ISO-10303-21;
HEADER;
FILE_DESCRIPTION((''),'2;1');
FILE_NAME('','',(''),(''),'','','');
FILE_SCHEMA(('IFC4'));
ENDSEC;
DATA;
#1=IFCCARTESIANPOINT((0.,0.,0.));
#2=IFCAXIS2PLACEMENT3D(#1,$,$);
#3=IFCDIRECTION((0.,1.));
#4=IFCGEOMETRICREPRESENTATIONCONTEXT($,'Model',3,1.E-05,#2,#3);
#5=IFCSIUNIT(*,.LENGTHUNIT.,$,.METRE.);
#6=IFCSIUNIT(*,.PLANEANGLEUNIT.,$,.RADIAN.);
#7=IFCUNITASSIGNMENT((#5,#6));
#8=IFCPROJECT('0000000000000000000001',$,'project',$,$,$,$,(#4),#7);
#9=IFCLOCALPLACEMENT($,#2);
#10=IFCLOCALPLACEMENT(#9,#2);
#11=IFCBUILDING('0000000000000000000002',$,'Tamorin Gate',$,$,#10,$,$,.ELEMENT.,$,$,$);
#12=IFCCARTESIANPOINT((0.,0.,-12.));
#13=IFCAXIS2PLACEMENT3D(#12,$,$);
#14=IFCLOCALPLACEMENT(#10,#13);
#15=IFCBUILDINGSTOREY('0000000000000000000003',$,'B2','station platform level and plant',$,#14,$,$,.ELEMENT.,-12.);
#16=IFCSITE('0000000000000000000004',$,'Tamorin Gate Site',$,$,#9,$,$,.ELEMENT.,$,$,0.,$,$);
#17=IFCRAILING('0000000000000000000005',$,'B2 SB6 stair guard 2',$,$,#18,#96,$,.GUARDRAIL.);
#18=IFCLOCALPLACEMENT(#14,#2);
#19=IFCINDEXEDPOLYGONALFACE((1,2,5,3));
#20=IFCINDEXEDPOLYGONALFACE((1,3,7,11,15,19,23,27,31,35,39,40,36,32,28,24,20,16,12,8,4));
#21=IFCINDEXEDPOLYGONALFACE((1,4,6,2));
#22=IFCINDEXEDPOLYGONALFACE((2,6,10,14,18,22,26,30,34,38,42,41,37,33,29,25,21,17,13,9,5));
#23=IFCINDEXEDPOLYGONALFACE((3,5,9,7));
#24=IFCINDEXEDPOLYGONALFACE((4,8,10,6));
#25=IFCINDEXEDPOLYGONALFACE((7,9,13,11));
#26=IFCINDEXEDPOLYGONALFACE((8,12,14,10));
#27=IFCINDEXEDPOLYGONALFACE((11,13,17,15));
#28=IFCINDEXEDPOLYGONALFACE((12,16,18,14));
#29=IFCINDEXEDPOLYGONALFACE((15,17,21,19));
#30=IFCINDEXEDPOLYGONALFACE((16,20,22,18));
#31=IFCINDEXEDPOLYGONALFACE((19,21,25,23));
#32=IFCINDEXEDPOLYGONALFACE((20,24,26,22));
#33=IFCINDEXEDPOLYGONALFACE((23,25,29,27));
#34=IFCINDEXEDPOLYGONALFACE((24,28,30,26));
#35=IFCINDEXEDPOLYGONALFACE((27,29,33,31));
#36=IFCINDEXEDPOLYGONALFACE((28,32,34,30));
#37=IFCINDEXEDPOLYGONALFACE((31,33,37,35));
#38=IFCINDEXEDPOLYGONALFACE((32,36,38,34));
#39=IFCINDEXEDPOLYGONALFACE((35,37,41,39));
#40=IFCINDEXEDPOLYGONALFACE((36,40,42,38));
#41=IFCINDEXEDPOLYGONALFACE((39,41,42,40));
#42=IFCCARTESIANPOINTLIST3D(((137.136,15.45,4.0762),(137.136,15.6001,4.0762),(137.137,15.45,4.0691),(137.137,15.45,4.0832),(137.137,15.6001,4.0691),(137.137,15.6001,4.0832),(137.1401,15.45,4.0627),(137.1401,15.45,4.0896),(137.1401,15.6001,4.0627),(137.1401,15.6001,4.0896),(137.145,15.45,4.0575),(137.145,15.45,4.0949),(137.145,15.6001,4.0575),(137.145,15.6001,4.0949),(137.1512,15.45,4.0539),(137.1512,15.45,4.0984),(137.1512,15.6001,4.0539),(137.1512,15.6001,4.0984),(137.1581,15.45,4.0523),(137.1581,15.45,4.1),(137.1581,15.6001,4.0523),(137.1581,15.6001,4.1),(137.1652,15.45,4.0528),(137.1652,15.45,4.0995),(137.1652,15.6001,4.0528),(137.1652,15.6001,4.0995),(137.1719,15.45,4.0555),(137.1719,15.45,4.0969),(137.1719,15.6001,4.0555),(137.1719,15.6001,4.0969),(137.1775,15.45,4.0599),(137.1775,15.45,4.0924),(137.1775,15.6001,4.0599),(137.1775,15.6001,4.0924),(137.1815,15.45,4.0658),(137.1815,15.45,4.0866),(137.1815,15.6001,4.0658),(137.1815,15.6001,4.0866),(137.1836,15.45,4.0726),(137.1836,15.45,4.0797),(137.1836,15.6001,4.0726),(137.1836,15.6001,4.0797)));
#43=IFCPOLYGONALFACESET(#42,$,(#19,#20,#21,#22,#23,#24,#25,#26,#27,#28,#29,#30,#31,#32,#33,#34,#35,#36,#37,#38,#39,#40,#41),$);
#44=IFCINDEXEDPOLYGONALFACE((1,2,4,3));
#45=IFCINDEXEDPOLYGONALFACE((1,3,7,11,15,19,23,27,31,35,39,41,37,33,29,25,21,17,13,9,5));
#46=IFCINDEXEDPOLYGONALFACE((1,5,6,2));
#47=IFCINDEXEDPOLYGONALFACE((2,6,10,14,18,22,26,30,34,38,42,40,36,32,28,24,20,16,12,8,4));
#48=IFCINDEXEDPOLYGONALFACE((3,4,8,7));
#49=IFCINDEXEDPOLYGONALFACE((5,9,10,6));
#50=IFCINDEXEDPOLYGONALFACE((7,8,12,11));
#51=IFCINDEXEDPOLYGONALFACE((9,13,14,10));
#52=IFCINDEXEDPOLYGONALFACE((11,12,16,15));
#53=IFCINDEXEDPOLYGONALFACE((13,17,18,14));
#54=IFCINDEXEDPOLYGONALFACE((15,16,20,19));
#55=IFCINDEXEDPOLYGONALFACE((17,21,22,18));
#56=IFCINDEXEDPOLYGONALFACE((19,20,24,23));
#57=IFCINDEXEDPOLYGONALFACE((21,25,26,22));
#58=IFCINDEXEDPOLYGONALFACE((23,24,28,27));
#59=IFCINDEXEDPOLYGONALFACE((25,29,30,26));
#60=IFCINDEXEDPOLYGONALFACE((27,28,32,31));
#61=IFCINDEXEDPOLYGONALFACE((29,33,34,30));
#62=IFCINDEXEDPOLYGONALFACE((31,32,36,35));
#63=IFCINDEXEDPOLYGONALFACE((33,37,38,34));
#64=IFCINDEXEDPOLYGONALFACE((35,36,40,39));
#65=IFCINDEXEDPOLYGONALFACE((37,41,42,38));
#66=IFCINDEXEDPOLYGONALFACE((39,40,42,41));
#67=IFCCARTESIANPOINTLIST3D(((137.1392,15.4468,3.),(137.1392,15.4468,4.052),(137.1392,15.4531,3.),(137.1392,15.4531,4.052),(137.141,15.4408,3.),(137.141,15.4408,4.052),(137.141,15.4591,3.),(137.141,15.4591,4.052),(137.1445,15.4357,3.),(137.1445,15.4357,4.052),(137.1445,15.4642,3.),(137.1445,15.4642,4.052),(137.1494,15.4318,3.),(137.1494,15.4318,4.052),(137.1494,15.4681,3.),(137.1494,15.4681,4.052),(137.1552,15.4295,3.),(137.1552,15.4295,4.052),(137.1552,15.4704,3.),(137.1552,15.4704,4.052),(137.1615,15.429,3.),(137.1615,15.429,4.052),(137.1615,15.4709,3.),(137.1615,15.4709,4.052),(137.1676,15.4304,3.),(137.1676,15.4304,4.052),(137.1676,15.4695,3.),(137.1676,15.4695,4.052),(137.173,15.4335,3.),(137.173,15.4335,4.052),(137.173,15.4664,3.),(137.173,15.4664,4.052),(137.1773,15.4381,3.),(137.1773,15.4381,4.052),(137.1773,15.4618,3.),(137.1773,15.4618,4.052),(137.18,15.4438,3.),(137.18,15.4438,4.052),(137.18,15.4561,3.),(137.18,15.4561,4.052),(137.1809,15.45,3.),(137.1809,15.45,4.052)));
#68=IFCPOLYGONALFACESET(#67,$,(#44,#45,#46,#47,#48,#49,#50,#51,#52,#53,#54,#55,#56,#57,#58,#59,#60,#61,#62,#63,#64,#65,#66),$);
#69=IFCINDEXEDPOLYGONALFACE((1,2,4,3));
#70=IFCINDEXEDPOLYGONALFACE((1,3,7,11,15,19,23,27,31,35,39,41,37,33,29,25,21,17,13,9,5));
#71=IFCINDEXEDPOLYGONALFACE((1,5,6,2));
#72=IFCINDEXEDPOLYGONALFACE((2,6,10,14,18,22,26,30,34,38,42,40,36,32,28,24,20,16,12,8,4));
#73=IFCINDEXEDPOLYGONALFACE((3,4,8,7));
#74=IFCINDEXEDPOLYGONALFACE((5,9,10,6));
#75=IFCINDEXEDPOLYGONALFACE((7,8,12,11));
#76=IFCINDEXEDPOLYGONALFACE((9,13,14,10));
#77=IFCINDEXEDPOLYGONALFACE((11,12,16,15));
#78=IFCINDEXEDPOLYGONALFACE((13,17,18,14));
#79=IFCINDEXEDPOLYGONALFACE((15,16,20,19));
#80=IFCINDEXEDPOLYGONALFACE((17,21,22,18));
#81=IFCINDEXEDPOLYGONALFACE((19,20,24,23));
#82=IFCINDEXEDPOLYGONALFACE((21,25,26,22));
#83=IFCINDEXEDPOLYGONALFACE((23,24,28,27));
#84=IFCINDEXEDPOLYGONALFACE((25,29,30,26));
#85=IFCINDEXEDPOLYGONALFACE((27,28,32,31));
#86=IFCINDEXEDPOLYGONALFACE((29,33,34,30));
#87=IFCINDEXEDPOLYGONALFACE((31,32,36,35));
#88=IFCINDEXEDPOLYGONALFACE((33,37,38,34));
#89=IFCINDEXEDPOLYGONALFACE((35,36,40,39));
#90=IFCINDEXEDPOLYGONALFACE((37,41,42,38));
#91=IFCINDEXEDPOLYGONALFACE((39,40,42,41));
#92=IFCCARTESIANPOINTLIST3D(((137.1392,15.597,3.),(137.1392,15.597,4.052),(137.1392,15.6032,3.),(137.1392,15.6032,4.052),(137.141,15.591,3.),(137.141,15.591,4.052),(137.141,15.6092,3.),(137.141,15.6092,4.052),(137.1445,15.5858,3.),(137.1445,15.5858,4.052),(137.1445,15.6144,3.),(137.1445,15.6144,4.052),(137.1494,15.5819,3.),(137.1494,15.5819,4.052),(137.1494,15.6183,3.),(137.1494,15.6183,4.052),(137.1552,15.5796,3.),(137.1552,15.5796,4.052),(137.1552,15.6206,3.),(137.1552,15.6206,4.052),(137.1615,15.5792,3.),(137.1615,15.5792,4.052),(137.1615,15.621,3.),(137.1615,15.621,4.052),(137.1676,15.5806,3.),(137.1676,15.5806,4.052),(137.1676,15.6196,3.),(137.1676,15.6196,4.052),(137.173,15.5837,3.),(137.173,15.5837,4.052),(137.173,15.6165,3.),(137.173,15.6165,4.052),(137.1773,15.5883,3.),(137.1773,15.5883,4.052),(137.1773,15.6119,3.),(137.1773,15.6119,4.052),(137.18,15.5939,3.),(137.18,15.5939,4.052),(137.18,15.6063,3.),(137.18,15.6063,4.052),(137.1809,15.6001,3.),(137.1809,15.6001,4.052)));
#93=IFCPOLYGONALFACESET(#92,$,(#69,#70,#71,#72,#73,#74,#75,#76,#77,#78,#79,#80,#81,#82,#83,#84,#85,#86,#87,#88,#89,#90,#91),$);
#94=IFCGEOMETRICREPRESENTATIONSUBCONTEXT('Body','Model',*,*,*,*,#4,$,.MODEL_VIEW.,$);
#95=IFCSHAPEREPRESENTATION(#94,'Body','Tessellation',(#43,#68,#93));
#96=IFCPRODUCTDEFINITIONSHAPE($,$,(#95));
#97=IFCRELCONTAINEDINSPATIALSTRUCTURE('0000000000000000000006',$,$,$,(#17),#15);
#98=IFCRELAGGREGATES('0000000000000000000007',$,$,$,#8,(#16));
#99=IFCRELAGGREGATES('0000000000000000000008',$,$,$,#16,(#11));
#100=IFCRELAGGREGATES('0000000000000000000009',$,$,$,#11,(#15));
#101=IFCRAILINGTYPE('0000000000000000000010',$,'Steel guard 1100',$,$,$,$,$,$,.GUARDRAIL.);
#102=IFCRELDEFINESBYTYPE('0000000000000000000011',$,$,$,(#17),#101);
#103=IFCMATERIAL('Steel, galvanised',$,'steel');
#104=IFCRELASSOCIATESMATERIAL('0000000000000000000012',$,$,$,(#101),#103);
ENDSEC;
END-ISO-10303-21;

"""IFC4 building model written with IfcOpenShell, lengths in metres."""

from ifc_helpers import new_model, si_unit, direction, frame, origin, origin_2d, place, context, subcontext, project, spatial, circle, extrude, material, type_object, element, save


model = new_model("IFC4")

# Units and contexts
model_context = context("Model", 3, precision=1e-05, world=origin(), true_north=direction((0.0, 1.0)))
body_context = subcontext(model_context, "Body", "Model", "MODEL_VIEW")
ifc_project = project(units=[si_unit("LENGTHUNIT", "METRE"), si_unit("PLANEANGLEUNIT", "RADIAN")], contexts=[model_context])

# Site, building, storey
site_placement = place(None, origin())
site = spatial("IfcSite", under=ifc_project, at=site_placement, Name="Tamorin Gate Site", CompositionType="ELEMENT", RefElevation=0.0)
building_placement = place(site_placement, origin())
building = spatial("IfcBuilding", under=site, at=building_placement, Name="Tamorin Gate", CompositionType="ELEMENT")
storey_placement = place(building_placement, frame((0.0, 0.0, -12.0)))
storey = spatial("IfcBuildingStorey", under=building, at=storey_placement, Name="B2", Description="station platform level and plant", CompositionType="ELEMENT", Elevation=-12.0)

# Railing
ifc_material_1 = material(Name="Steel, galvanised", Category="steel")
railing_type_1 = type_object("IfcRailingType", Name="Steel guard 1100", PredefinedType="GUARDRAIL", material=ifc_material_1)
railing_1_placement = place(storey_placement, frame((137.1599, 15.45, 3.0)))
element("IfcRailing", 1, at=railing_1_placement, inside=storey, type_object=railing_type_1, Name="B2 SB6 stair guard 2", PredefinedType="GUARDRAIL", context=body_context, shape_type="SweptSolid", body=[
    extrude(circle(Radius=0.0239, at=origin_2d()), frame((0.0, 0.0, 1.0762), z_axis=(0.0, 1.0, 0.0), x_axis=(-1.0, 0.0, 0.0)), (0.0, 0.0, 1.0), 0.1501),
    extrude(circle(Radius=0.021, at=origin_2d()), origin(), (0.0, 0.0, 1.0), 1.052),
    extrude(circle(Radius=0.021, at=origin_2d()), frame((0.0, 0.1501, 0.0)), (0.0, 0.0, 1.0), 1.052),
])

save(model, "model.ifc")
